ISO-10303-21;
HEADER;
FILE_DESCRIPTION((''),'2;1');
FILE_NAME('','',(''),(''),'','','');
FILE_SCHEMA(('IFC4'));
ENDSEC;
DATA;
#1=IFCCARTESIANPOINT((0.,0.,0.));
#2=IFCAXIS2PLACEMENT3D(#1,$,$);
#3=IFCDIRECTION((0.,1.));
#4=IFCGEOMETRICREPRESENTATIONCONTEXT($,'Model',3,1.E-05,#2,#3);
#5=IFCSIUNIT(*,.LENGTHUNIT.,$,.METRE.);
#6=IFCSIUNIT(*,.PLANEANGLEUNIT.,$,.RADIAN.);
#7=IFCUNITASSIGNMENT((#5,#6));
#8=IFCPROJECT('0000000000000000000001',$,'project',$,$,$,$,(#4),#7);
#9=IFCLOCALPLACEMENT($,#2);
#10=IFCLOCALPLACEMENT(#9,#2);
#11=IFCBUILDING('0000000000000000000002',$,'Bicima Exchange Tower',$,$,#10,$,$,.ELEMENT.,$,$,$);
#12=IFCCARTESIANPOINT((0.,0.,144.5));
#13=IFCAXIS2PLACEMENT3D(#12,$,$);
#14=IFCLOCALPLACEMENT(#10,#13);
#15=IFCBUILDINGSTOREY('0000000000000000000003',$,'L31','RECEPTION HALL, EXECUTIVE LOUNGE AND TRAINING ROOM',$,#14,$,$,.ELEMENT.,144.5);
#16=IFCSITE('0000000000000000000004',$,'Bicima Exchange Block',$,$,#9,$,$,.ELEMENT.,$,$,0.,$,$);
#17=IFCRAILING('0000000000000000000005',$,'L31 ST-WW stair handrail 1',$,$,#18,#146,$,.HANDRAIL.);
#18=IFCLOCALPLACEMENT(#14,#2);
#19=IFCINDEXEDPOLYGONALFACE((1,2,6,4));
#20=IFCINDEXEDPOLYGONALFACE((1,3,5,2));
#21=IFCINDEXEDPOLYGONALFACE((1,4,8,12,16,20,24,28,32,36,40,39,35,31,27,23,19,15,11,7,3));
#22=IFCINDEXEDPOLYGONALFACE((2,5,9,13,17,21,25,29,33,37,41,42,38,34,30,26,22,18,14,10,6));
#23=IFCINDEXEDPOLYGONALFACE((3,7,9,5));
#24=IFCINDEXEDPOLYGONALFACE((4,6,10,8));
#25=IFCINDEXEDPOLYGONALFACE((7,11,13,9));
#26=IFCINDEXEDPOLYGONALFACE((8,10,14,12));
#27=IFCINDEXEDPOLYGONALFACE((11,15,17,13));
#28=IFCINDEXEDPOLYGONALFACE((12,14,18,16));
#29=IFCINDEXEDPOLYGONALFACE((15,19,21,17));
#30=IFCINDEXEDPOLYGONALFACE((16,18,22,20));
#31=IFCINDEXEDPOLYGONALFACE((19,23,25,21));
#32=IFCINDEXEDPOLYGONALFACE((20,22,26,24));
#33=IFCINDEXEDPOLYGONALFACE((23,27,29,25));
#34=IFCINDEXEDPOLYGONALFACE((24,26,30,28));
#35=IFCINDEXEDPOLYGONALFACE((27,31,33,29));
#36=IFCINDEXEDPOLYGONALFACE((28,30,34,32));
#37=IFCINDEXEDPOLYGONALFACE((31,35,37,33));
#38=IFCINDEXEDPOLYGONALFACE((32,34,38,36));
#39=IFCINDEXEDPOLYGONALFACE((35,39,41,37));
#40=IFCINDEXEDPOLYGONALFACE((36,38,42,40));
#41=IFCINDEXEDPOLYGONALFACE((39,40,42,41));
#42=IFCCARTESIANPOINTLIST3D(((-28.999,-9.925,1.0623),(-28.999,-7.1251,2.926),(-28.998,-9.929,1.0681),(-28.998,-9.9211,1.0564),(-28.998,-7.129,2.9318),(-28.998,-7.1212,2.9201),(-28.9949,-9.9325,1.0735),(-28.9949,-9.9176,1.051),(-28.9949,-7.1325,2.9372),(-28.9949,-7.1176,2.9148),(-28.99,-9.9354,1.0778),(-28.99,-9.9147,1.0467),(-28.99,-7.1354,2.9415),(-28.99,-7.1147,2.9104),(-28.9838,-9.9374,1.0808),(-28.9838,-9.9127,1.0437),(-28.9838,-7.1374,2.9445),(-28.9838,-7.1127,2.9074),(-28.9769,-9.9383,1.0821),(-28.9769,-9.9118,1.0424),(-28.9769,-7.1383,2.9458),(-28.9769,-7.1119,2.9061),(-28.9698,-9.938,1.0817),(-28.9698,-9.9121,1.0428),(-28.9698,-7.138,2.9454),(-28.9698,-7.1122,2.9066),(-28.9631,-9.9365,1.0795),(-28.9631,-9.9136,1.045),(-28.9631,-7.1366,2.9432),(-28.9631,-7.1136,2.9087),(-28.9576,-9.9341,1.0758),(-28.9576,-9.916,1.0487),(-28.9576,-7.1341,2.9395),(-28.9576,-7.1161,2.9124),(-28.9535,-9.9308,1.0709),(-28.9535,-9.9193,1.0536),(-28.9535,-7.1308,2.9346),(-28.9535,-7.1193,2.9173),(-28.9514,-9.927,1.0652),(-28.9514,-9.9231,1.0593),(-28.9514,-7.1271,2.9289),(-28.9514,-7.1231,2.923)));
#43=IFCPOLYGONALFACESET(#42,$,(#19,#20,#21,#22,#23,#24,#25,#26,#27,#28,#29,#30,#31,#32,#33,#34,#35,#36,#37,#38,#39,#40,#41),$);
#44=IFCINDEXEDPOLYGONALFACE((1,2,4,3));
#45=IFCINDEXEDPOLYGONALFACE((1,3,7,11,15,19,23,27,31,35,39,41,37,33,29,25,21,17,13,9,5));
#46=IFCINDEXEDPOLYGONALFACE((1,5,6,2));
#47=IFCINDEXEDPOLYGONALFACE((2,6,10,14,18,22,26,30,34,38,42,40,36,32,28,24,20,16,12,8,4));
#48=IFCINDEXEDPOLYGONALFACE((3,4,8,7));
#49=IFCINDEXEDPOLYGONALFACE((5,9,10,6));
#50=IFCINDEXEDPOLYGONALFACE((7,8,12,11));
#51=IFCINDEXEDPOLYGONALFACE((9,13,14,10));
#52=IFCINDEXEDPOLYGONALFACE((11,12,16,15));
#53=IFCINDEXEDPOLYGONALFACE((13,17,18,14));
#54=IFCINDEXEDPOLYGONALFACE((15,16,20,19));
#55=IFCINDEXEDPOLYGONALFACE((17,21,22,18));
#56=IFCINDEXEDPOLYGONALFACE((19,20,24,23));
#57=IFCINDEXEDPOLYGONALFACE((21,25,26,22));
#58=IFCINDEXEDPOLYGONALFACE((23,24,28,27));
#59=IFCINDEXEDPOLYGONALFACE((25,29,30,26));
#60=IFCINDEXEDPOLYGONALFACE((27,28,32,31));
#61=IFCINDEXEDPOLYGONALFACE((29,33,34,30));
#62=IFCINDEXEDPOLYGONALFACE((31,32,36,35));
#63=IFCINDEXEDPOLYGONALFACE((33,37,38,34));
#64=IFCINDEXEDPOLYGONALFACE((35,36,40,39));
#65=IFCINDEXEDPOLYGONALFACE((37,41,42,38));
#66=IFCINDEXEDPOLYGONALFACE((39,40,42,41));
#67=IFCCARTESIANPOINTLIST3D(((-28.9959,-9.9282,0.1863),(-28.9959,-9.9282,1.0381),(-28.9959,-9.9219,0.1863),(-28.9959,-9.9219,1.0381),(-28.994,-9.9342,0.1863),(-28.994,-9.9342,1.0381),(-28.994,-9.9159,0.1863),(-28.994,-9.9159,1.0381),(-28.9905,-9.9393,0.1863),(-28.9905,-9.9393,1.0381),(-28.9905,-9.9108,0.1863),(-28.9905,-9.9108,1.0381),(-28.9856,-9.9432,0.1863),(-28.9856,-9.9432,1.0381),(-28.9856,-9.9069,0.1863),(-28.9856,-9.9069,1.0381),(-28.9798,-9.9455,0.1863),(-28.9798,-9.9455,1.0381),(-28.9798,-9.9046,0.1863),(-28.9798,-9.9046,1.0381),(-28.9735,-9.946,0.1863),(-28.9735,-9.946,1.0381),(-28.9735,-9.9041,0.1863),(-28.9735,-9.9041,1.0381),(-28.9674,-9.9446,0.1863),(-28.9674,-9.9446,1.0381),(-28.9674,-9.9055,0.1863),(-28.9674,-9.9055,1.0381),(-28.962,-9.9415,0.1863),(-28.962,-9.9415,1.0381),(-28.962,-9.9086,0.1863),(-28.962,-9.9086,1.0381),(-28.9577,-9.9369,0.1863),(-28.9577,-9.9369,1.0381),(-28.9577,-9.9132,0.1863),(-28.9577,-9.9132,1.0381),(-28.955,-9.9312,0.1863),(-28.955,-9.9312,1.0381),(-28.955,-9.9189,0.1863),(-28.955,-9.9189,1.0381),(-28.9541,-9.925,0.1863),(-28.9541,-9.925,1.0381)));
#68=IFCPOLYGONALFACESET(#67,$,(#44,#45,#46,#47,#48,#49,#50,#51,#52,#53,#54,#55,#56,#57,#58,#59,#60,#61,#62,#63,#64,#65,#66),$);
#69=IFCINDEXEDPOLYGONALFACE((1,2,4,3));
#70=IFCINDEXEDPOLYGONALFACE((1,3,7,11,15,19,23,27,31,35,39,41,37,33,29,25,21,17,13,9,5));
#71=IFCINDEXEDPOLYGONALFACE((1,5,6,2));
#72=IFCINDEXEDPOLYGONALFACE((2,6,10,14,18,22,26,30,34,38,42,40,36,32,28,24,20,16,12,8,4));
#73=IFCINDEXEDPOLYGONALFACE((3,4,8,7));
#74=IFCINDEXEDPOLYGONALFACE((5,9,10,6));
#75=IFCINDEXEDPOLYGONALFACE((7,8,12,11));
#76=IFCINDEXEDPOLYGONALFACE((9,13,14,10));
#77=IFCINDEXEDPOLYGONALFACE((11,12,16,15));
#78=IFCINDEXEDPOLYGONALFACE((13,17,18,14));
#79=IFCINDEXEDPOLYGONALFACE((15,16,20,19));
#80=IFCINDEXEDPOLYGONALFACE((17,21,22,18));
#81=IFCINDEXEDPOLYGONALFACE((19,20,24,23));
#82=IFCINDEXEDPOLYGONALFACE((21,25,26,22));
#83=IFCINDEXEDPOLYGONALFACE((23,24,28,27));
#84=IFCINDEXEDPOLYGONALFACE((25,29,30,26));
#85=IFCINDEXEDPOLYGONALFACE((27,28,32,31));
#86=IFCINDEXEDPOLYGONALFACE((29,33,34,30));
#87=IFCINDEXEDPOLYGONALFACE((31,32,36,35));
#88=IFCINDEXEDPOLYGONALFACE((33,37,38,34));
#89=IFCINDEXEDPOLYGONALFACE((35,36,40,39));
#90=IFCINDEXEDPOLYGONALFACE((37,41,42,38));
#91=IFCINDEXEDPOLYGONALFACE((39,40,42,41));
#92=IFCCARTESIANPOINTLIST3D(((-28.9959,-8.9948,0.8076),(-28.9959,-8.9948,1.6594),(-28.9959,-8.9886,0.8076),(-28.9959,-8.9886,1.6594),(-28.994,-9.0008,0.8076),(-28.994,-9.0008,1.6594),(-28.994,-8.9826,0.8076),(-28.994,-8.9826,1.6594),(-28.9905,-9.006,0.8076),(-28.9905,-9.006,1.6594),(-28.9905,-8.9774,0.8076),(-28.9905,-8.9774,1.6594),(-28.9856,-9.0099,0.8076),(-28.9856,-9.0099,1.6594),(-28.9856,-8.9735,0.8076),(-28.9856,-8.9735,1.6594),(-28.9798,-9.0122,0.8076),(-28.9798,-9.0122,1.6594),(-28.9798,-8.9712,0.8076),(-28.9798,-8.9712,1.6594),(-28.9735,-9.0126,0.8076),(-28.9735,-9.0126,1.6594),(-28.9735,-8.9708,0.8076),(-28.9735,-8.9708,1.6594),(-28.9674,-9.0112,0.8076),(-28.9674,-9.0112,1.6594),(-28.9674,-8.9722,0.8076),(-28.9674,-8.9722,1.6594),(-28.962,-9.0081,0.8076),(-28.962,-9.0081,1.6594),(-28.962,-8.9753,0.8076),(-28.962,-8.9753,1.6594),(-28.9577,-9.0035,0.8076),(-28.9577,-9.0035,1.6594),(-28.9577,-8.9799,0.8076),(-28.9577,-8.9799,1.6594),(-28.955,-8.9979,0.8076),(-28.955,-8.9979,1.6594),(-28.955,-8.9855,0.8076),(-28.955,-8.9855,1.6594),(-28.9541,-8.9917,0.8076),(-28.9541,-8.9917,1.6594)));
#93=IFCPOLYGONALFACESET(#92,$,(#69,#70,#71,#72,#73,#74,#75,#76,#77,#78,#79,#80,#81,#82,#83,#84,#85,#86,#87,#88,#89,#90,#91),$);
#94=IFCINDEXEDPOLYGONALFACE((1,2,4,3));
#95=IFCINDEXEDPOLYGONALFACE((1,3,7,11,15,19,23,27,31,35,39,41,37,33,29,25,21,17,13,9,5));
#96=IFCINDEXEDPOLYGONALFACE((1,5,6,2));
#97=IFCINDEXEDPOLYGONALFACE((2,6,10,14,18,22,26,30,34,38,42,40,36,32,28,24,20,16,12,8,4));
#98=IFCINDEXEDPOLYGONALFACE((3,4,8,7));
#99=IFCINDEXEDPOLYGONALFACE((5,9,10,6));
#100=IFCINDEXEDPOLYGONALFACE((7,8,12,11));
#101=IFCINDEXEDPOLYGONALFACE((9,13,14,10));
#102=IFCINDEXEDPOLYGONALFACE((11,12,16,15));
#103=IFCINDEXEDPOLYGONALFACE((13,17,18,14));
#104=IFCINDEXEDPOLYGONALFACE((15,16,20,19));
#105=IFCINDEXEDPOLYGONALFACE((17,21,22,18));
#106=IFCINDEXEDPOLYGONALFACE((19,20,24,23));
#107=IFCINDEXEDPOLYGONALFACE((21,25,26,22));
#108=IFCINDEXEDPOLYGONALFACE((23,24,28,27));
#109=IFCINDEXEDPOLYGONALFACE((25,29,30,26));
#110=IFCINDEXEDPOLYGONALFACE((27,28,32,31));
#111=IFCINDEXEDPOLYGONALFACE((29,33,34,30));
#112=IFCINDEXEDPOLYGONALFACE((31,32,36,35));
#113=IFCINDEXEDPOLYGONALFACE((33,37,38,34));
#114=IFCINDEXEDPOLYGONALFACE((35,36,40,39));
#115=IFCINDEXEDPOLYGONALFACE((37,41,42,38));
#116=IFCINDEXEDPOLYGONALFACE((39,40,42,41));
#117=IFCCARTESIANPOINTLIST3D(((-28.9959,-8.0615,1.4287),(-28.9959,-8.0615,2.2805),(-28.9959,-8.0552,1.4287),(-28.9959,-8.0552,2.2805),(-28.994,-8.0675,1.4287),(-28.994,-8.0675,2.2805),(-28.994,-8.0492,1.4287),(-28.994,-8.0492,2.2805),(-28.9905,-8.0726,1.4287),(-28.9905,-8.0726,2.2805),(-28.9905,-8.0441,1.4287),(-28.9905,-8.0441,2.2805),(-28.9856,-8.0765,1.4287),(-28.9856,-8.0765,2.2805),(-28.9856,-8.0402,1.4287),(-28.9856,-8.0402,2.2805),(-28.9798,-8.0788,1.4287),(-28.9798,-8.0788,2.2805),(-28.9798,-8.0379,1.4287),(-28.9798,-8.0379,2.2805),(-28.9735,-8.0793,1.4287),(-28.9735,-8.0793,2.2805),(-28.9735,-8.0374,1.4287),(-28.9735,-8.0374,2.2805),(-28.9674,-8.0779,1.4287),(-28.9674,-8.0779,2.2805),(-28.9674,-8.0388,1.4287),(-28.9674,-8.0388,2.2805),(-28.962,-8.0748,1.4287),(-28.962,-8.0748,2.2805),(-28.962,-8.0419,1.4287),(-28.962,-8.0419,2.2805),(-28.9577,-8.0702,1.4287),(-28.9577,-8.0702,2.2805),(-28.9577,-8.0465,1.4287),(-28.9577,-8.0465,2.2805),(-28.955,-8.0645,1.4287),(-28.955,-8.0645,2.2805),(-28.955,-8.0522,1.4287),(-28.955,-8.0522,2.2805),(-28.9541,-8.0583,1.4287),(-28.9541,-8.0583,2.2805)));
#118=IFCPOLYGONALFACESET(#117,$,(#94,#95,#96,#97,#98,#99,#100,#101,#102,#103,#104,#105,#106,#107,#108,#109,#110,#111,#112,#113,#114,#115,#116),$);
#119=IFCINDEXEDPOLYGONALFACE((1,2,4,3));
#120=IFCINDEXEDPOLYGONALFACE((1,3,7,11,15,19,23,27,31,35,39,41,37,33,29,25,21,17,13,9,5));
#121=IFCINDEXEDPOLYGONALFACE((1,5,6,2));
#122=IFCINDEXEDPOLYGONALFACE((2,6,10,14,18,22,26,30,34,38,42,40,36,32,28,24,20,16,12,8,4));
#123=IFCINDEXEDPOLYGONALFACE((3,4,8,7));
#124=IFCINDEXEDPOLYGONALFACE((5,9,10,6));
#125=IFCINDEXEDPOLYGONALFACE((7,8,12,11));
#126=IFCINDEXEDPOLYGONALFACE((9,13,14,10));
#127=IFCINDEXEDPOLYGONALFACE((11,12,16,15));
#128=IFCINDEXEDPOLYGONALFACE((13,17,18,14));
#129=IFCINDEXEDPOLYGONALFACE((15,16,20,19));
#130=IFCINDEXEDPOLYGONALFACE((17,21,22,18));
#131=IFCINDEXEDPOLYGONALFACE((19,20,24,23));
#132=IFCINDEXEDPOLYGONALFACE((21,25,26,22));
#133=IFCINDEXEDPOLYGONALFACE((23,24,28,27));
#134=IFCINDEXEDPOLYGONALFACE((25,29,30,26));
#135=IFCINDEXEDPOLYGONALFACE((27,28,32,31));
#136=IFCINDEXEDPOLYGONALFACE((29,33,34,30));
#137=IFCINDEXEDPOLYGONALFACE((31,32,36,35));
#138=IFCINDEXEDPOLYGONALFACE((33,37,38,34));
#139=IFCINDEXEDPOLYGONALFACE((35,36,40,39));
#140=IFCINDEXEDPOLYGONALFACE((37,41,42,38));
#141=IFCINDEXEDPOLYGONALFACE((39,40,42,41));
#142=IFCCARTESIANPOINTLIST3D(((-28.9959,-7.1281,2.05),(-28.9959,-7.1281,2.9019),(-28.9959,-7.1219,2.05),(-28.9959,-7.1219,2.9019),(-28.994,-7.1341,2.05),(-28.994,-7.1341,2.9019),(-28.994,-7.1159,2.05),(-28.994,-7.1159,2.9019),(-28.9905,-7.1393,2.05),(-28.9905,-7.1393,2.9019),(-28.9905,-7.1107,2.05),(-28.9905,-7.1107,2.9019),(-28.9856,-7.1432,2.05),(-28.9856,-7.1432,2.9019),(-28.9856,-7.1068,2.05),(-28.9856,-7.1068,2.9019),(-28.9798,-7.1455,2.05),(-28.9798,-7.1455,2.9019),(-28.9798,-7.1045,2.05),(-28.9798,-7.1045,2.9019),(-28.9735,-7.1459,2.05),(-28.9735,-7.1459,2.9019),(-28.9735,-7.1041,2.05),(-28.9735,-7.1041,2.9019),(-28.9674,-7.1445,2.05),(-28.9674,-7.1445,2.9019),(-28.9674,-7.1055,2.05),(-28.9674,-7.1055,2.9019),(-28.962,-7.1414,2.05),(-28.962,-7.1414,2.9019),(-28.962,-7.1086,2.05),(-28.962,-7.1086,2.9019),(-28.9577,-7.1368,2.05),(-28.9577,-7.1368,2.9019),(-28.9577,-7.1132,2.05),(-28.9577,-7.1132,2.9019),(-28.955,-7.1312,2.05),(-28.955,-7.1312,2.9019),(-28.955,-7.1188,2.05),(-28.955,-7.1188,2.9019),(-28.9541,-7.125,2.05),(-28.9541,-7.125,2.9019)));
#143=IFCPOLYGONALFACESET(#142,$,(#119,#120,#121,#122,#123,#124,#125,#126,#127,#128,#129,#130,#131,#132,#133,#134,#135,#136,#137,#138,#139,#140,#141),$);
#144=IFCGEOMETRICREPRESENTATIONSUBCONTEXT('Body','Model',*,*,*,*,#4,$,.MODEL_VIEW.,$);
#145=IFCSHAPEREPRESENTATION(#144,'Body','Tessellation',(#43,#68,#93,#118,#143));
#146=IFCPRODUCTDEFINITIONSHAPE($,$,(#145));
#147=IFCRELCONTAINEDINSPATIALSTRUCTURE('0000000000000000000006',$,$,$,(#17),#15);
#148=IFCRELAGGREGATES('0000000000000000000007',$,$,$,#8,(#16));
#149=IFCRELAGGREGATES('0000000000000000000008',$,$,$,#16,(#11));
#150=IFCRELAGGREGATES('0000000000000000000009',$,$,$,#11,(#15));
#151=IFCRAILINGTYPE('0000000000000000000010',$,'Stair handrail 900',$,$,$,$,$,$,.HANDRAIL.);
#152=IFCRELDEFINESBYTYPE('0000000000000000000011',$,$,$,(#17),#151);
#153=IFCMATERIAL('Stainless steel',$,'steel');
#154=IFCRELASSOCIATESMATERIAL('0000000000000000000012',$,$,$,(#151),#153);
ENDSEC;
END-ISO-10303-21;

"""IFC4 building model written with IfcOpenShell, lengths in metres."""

from ifc_helpers import new_model, si_unit, direction, frame, origin, origin_2d, place, context, subcontext, project, spatial, circle, extrude, material, type_object, element, save


model = new_model("IFC4")

# Units and contexts
model_context = context("Model", 3, precision=1e-05, world=origin(), true_north=direction((0.0, 1.0)))
body_context = subcontext(model_context, "Body", "Model", "MODEL_VIEW")
ifc_project = project(units=[si_unit("LENGTHUNIT", "METRE"), si_unit("PLANEANGLEUNIT", "RADIAN")], contexts=[model_context])

# Site, building, storey
site_placement = place(None, origin())
site = spatial("IfcSite", under=ifc_project, at=site_placement, Name="Bicima Exchange Block", CompositionType="ELEMENT", RefElevation=0.0)
building_placement = place(site_placement, origin())
building = spatial("IfcBuilding", under=site, at=building_placement, Name="Bicima Exchange Tower", CompositionType="ELEMENT")
storey_placement = place(building_placement, frame((0.0, 0.0, 144.5)))
storey = spatial("IfcBuildingStorey", under=building, at=storey_placement, Name="L31", Description="RECEPTION HALL, EXECUTIVE LOUNGE AND TRAINING ROOM", CompositionType="ELEMENT", Elevation=144.5)

# Railing
ifc_material_1 = material(Name="Stainless steel", Category="steel")
railing_type_1 = type_object("IfcRailingType", Name="Stair handrail 900", PredefinedType="HANDRAIL", material=ifc_material_1)
railing_1_placement = place(storey_placement, frame((-28.9751, -9.925, 0.1863)))
element("IfcRailing", 1, at=railing_1_placement, inside=storey, type_object=railing_type_1, Name="L31 ST-WW stair handrail 1", PredefinedType="HANDRAIL", context=body_context, shape_type="SweptSolid", body=[
    extrude(circle(Radius=0.0239, at=origin_2d()), frame((0.0, 0.0, 0.876), z_axis=(0.0, 0.832452, 0.554097), x_axis=(-1.0, 0.0, 0.0)), (0.0, 0.0, 1.0), 3.3635),
    extrude(circle(Radius=0.021, at=origin_2d()), origin(), (0.0, 0.0, 1.0), 0.8518),
    extrude(circle(Radius=0.021, at=origin_2d()), frame((0.0, 0.9333, 0.6213)), (0.0, 0.0, 1.0), 0.8518),
    extrude(circle(Radius=0.021, at=origin_2d()), frame((0.0, 1.8667, 1.2424)), (0.0, 0.0, 1.0), 0.8518),
    extrude(circle(Radius=0.021, at=origin_2d()), frame((0.0, 2.8, 1.8638)), (0.0, 0.0, 1.0), 0.8518),
])

save(model, "model.ifc")
